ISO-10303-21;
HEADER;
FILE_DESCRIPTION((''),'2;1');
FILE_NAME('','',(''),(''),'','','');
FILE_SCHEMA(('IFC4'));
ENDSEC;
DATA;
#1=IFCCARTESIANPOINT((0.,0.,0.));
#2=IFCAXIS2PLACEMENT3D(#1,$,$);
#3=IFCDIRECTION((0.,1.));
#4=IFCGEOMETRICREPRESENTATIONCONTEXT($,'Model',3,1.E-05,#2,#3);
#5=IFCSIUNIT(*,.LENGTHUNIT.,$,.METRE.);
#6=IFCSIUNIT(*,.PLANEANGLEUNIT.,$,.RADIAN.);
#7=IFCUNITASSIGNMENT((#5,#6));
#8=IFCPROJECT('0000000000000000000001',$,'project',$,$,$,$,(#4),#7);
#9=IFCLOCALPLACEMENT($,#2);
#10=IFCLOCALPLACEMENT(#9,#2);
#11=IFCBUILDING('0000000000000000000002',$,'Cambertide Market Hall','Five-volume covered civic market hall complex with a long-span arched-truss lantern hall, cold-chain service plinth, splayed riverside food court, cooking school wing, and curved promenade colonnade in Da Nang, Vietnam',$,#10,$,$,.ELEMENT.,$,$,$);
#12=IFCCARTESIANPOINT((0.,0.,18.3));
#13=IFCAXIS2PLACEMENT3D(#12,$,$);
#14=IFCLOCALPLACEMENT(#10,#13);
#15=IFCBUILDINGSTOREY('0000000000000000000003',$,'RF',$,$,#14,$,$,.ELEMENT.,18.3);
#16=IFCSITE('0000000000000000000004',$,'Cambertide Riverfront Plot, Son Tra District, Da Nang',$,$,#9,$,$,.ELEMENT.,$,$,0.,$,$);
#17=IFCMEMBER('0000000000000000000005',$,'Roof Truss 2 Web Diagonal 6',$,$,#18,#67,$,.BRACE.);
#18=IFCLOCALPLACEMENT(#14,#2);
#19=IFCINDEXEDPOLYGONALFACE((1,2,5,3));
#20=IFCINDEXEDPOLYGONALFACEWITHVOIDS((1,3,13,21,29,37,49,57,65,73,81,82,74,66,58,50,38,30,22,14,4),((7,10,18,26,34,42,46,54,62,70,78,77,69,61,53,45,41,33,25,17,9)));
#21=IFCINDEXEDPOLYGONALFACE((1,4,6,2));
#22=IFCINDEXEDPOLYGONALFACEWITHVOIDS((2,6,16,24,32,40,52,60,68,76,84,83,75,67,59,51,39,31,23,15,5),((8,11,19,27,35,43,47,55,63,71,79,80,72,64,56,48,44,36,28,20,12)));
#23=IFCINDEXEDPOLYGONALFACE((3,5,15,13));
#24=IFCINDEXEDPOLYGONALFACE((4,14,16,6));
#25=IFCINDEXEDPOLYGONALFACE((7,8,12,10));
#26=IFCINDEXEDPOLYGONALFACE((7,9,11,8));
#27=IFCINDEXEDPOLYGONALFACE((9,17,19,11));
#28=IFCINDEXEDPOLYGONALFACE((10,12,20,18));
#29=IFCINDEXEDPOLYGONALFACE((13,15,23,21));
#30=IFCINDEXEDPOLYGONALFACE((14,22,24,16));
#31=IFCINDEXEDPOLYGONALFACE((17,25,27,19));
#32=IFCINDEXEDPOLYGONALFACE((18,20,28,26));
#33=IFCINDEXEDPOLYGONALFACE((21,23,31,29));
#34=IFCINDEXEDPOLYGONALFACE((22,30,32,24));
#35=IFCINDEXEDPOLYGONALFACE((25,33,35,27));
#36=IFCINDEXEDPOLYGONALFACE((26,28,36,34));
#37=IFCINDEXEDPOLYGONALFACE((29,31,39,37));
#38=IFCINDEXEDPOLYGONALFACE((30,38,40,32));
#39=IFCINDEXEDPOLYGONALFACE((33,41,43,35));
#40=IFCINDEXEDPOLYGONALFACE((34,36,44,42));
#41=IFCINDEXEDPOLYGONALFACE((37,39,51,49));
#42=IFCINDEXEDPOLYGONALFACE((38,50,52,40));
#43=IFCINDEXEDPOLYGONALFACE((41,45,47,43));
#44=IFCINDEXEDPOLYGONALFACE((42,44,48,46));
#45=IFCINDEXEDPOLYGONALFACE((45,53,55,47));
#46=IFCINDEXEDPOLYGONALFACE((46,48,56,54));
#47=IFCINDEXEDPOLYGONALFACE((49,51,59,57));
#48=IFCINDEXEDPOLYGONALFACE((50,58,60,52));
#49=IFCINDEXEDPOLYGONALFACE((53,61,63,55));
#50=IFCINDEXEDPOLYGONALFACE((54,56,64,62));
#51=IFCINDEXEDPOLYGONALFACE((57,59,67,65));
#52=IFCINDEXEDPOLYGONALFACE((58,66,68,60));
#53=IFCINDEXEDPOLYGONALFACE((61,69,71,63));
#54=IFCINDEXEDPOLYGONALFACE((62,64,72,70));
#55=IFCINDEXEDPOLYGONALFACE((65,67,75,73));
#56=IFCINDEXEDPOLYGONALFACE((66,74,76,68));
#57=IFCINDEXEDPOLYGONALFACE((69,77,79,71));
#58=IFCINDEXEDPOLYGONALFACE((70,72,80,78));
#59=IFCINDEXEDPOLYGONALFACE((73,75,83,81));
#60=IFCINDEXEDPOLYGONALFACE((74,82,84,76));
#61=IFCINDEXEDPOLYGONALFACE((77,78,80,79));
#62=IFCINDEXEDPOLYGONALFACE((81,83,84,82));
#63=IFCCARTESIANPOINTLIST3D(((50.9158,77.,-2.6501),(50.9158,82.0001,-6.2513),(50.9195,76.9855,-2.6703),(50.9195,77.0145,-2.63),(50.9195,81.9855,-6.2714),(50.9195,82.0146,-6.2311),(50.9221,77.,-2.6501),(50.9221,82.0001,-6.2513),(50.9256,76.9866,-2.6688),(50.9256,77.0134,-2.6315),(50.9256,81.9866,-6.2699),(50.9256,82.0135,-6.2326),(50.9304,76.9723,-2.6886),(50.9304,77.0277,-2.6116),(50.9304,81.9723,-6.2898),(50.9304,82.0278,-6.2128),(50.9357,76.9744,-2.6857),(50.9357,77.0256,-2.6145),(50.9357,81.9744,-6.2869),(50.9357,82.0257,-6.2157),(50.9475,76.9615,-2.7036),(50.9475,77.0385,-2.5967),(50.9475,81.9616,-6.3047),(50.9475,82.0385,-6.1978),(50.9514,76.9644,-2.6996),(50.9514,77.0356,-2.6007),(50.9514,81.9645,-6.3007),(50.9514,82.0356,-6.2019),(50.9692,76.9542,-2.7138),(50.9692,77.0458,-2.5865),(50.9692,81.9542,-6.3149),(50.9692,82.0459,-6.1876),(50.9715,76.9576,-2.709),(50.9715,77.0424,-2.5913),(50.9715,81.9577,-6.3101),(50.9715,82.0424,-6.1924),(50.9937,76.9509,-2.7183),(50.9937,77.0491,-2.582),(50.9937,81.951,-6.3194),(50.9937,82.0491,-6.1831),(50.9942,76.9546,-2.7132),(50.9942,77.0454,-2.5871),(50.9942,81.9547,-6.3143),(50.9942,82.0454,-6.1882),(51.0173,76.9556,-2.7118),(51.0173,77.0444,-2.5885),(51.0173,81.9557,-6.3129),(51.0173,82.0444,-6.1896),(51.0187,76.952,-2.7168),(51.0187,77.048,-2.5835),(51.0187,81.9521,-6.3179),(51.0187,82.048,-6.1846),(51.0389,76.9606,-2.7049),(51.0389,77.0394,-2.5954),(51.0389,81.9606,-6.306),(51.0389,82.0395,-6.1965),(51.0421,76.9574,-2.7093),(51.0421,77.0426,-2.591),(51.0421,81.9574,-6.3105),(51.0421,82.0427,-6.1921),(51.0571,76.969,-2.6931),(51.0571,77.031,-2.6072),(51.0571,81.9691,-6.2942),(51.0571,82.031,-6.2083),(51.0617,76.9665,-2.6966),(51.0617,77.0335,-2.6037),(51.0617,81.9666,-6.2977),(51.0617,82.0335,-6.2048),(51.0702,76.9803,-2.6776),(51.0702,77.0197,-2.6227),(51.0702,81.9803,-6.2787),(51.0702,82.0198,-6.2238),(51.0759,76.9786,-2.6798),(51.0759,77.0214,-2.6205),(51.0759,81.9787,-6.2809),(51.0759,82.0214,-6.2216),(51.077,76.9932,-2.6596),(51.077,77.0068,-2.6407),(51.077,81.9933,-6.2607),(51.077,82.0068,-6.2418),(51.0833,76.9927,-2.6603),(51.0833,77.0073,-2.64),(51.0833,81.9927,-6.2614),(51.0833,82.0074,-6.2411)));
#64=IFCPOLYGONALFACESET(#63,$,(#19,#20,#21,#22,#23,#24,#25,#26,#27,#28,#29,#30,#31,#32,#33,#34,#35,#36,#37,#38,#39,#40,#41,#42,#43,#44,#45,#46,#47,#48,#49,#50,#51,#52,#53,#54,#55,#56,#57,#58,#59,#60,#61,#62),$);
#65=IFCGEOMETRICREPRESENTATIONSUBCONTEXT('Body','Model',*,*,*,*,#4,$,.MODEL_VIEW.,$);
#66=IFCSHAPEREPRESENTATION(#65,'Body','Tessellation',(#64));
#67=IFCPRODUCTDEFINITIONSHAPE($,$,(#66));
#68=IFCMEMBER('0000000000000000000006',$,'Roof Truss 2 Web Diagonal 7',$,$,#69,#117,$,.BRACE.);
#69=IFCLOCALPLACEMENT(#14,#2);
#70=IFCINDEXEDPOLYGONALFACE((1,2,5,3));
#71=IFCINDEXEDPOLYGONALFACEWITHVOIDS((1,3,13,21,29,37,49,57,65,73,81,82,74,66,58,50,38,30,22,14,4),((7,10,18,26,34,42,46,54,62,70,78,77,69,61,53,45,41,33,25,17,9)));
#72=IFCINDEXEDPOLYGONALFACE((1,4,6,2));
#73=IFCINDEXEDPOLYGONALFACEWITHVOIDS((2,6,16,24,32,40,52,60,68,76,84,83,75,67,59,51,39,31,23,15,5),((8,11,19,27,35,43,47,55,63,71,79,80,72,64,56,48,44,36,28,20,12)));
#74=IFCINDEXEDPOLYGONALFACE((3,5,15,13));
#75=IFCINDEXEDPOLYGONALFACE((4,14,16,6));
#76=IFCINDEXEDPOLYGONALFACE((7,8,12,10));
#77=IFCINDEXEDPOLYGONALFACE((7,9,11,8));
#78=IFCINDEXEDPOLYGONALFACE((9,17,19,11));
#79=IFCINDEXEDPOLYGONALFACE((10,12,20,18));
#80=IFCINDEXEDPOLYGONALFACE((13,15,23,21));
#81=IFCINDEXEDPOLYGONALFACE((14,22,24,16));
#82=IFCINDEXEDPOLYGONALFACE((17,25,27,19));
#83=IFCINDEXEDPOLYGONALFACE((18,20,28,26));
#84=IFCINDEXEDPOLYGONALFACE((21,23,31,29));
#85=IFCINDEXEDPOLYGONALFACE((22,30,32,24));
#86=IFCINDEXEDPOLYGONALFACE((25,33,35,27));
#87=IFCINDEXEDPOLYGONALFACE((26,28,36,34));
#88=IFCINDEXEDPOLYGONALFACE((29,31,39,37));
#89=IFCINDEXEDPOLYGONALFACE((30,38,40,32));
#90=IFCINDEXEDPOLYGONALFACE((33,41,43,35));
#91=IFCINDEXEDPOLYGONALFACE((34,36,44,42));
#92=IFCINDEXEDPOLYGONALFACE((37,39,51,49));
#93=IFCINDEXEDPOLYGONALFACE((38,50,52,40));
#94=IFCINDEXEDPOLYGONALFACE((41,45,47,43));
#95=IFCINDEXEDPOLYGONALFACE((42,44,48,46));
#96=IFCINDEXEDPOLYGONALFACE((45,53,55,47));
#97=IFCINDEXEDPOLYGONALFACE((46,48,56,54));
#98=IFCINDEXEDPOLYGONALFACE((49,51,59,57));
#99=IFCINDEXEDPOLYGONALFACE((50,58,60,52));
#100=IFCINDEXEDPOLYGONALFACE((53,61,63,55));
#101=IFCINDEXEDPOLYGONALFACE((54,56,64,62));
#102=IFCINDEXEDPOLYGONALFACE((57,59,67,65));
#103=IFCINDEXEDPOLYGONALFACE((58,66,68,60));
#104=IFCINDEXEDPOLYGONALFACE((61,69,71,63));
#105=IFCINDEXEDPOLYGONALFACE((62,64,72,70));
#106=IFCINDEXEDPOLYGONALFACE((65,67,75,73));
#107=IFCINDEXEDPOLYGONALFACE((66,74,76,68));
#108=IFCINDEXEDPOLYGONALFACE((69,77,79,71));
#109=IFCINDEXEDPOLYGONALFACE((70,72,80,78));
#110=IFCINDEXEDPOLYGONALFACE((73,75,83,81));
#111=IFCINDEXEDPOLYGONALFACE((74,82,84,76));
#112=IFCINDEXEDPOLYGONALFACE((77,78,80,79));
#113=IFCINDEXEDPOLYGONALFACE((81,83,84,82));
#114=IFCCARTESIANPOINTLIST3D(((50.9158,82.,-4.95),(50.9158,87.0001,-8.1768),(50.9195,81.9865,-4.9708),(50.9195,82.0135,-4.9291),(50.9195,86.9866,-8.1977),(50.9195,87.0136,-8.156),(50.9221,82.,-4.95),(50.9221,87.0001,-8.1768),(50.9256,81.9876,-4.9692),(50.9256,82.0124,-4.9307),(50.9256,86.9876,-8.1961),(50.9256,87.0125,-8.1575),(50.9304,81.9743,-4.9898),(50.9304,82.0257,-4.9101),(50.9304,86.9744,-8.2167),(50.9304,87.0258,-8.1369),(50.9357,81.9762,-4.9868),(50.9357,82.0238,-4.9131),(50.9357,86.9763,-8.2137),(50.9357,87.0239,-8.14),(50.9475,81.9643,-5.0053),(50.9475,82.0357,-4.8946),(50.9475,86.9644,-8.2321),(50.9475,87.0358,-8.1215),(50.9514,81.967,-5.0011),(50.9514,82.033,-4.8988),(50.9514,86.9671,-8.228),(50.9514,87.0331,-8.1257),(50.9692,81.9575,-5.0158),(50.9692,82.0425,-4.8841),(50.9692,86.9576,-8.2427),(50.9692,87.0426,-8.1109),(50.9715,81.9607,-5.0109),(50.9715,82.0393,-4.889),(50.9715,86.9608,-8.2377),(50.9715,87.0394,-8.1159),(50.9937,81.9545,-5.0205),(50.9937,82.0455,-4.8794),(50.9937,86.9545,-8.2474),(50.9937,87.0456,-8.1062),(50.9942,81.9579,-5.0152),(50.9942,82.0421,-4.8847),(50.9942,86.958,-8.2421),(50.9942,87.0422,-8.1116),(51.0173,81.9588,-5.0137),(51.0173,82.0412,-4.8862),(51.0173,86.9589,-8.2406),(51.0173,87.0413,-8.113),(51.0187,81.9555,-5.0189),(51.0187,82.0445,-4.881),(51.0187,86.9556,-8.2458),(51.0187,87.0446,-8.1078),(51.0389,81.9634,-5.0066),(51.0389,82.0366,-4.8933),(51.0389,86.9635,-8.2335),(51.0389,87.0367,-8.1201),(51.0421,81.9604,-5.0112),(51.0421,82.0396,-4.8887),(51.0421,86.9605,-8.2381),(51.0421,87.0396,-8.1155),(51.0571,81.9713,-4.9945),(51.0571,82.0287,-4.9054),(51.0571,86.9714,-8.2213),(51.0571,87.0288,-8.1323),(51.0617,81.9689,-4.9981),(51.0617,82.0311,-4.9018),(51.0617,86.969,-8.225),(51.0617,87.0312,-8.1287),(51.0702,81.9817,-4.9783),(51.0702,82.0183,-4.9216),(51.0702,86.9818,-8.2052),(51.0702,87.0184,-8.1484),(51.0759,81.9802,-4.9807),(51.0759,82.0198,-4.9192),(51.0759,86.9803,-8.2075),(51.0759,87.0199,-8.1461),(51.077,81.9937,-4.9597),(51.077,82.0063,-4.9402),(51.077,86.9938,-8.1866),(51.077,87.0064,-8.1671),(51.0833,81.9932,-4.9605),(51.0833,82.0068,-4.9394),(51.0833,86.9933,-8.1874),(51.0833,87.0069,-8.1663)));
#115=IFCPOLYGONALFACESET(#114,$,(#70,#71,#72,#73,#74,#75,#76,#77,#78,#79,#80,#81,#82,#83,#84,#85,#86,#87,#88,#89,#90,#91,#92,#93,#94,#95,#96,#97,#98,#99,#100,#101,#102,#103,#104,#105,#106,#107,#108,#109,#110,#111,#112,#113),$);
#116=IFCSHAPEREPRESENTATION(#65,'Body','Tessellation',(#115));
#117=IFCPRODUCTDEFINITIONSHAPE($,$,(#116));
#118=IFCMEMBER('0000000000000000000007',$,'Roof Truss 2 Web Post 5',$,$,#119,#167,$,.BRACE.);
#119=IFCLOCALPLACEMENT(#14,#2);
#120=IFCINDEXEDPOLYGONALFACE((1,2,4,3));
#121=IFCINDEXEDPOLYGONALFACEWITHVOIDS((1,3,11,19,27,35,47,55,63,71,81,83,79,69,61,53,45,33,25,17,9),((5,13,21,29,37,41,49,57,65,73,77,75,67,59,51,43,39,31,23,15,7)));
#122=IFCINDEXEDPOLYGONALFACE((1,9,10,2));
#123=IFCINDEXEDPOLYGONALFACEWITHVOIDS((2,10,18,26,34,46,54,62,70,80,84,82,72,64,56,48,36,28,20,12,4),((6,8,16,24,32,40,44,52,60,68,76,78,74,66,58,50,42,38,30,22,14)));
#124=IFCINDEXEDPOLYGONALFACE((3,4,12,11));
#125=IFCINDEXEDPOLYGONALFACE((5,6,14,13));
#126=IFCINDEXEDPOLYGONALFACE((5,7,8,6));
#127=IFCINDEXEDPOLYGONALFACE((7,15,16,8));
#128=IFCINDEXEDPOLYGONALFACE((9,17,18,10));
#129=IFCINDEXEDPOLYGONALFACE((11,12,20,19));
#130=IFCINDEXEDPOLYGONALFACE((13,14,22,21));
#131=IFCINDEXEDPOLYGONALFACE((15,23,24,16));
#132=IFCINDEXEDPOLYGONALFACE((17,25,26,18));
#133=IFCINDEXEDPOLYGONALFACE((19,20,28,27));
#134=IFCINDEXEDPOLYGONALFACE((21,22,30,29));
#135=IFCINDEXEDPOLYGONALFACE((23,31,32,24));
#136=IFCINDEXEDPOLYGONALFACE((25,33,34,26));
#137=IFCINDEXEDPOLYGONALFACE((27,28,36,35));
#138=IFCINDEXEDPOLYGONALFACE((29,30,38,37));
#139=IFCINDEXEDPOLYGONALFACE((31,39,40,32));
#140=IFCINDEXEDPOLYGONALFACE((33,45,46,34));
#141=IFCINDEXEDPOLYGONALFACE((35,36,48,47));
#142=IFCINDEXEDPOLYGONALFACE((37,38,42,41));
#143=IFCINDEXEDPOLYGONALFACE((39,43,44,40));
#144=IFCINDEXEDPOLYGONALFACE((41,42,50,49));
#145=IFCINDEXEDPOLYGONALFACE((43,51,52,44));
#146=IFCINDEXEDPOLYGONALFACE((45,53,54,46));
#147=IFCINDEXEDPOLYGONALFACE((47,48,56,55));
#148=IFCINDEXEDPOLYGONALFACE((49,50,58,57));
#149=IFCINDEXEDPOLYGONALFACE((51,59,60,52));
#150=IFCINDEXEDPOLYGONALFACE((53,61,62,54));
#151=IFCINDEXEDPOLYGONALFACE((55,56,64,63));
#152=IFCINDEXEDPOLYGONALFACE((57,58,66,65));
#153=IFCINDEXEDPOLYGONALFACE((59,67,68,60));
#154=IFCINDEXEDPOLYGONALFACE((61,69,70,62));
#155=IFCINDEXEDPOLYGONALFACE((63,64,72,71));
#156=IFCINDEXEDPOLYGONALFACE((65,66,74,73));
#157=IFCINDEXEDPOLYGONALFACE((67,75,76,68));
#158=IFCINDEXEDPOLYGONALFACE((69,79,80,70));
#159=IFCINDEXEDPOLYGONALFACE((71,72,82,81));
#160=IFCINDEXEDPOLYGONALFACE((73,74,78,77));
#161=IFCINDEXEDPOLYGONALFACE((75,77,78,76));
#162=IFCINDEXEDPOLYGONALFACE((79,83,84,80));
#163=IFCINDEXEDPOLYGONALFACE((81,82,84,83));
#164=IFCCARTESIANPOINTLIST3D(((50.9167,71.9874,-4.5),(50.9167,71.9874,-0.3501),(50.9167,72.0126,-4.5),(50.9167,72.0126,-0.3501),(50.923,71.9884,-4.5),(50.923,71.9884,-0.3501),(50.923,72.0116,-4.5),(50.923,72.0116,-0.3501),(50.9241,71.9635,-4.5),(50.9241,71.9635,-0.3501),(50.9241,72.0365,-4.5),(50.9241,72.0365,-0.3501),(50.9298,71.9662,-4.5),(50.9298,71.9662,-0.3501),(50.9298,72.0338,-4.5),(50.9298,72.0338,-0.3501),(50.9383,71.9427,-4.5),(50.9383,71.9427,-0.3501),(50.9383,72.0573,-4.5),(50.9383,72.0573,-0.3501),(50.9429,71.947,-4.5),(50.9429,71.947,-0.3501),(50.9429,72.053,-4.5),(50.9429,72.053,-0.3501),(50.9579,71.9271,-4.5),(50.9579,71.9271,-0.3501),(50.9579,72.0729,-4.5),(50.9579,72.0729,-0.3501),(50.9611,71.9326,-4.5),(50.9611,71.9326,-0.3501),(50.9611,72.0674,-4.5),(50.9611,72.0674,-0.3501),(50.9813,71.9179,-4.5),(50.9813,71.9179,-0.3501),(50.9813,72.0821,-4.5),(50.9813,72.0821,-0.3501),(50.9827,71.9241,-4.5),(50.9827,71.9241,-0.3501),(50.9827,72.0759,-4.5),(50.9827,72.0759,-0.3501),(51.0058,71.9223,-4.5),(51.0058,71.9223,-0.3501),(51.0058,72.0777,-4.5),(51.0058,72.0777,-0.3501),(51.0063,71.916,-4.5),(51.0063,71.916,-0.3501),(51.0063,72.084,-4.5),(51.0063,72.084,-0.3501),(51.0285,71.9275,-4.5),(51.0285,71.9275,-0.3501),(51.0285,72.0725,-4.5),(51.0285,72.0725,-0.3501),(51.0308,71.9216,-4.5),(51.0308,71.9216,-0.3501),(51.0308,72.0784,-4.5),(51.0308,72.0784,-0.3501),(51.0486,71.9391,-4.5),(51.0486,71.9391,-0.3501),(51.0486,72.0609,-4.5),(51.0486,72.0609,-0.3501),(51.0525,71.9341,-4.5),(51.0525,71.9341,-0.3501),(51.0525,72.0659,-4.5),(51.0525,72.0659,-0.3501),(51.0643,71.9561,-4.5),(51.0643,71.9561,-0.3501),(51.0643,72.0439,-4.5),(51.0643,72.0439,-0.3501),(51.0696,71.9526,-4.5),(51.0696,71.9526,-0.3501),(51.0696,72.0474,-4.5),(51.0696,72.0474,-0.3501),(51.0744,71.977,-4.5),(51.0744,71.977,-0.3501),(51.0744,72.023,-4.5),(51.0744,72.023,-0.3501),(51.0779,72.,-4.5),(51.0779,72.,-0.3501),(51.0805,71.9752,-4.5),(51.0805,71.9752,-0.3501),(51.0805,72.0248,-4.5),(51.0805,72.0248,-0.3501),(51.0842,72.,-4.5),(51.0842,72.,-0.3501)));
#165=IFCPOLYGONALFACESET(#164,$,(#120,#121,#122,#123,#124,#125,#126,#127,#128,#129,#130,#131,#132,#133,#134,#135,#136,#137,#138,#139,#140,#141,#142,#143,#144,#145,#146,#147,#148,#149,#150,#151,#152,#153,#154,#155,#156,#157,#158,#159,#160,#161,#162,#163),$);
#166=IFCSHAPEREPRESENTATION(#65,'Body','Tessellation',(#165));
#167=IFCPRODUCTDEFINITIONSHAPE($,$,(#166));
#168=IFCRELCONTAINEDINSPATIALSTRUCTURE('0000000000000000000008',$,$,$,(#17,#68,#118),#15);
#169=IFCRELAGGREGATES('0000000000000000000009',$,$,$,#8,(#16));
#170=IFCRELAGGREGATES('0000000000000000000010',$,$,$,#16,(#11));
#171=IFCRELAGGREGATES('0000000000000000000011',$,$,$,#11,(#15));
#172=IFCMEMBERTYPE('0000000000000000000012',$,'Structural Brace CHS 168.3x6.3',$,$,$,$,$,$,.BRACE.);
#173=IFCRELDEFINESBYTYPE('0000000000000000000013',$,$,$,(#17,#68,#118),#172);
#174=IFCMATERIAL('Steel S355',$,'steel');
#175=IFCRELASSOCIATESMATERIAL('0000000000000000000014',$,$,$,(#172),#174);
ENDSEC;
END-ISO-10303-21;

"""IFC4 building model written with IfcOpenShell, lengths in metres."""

from ifc_helpers import new_model, si_unit, direction, frame, origin, origin_2d, place, context, subcontext, project, spatial, hollow_circle, extrude, material, material_profile, profile_set, type_object, element, save


model = new_model("IFC4")

# Units and contexts
model_context = context("Model", 3, precision=1e-05, world=origin(), true_north=direction((0.0, 1.0)))
body_context = subcontext(model_context, "Body", "Model", "MODEL_VIEW")
ifc_project = project(units=[si_unit("LENGTHUNIT", "METRE"), si_unit("PLANEANGLEUNIT", "RADIAN")], contexts=[model_context])

# Site, building, storey
site_placement = place(None, origin())
site = spatial("IfcSite", under=ifc_project, at=site_placement, Name="Cambertide Riverfront Plot, Son Tra District, Da Nang", CompositionType="ELEMENT", RefElevation=0.0)
building_placement = place(site_placement, origin())
building = spatial("IfcBuilding", under=site, at=building_placement, Name="Cambertide Market Hall", Description="Five-volume covered civic market hall complex with a long-span arched-truss lantern hall, cold-chain service plinth, splayed riverside food court, cooking school wing, and curved promenade colonnade in Da Nang, Vietnam", CompositionType="ELEMENT")
storey_placement = place(building_placement, frame((0.0, 0.0, 18.3)))
storey = spatial("IfcBuildingStorey", under=building, at=storey_placement, Name="RF", CompositionType="ELEMENT", Elevation=18.3)

# Members
ifc_material_1 = material(Name="Steel S355", Category="steel")
ifc_material_profile_1 = material_profile(ifc_material_1, hollow_circle(Radius=0.0842, WallThickness=0.0063, at=origin_2d()), Name="CHS 168.3x6.3")
ifc_profile_set_1 = profile_set([ifc_material_profile_1], Name="Steel S355")
member_type_1 = type_object("IfcMemberType", Name="Structural Brace CHS 168.3x6.3", PredefinedType="BRACE", material=ifc_profile_set_1)
member_1_placement = place(storey_placement, frame((51.0, 77.0, -2.6501), z_axis=(0.0, 0.811452, -0.58442), x_axis=(-1.0, 0.0, 0.0)))
element("IfcMember", 1, at=member_1_placement, inside=storey, type_object=member_type_1, Name="Roof Truss 2 Web Diagonal 6", PredefinedType="BRACE", context=body_context, shape_type="SweptSolid", body=[
    extrude(hollow_circle(Radius=0.0842, WallThickness=0.0063, at=origin_2d()), origin(), (0.0, 0.0, 1.0), 6.1619),
])
member_2_placement = place(storey_placement, frame((51.0, 82.0, -4.95), z_axis=(0.0, 0.84022, -0.542246), x_axis=(-1.0, 0.0, 0.0)))
element("IfcMember", 2, at=member_2_placement, inside=storey, type_object=member_type_1, Name="Roof Truss 2 Web Diagonal 7", PredefinedType="BRACE", context=body_context, shape_type="SweptSolid", body=[
    extrude(hollow_circle(Radius=0.0842, WallThickness=0.0063, at=origin_2d()), origin(), (0.0, 0.0, 1.0), 5.9509),
])
member_3_placement = place(storey_placement, frame((51.0, 72.0, -4.5), z_axis=(0.0, 0.0, 1.0), x_axis=(1.0, 0.0, 0.0)))
element("IfcMember", 3, at=member_3_placement, inside=storey, type_object=member_type_1, Name="Roof Truss 2 Web Post 5", PredefinedType="BRACE", context=body_context, shape_type="SweptSolid", body=[
    extrude(hollow_circle(Radius=0.0842, WallThickness=0.0063, at=origin_2d()), origin(), (0.0, 0.0, 1.0), 4.1499),
])

save(model, "model.ifc")
